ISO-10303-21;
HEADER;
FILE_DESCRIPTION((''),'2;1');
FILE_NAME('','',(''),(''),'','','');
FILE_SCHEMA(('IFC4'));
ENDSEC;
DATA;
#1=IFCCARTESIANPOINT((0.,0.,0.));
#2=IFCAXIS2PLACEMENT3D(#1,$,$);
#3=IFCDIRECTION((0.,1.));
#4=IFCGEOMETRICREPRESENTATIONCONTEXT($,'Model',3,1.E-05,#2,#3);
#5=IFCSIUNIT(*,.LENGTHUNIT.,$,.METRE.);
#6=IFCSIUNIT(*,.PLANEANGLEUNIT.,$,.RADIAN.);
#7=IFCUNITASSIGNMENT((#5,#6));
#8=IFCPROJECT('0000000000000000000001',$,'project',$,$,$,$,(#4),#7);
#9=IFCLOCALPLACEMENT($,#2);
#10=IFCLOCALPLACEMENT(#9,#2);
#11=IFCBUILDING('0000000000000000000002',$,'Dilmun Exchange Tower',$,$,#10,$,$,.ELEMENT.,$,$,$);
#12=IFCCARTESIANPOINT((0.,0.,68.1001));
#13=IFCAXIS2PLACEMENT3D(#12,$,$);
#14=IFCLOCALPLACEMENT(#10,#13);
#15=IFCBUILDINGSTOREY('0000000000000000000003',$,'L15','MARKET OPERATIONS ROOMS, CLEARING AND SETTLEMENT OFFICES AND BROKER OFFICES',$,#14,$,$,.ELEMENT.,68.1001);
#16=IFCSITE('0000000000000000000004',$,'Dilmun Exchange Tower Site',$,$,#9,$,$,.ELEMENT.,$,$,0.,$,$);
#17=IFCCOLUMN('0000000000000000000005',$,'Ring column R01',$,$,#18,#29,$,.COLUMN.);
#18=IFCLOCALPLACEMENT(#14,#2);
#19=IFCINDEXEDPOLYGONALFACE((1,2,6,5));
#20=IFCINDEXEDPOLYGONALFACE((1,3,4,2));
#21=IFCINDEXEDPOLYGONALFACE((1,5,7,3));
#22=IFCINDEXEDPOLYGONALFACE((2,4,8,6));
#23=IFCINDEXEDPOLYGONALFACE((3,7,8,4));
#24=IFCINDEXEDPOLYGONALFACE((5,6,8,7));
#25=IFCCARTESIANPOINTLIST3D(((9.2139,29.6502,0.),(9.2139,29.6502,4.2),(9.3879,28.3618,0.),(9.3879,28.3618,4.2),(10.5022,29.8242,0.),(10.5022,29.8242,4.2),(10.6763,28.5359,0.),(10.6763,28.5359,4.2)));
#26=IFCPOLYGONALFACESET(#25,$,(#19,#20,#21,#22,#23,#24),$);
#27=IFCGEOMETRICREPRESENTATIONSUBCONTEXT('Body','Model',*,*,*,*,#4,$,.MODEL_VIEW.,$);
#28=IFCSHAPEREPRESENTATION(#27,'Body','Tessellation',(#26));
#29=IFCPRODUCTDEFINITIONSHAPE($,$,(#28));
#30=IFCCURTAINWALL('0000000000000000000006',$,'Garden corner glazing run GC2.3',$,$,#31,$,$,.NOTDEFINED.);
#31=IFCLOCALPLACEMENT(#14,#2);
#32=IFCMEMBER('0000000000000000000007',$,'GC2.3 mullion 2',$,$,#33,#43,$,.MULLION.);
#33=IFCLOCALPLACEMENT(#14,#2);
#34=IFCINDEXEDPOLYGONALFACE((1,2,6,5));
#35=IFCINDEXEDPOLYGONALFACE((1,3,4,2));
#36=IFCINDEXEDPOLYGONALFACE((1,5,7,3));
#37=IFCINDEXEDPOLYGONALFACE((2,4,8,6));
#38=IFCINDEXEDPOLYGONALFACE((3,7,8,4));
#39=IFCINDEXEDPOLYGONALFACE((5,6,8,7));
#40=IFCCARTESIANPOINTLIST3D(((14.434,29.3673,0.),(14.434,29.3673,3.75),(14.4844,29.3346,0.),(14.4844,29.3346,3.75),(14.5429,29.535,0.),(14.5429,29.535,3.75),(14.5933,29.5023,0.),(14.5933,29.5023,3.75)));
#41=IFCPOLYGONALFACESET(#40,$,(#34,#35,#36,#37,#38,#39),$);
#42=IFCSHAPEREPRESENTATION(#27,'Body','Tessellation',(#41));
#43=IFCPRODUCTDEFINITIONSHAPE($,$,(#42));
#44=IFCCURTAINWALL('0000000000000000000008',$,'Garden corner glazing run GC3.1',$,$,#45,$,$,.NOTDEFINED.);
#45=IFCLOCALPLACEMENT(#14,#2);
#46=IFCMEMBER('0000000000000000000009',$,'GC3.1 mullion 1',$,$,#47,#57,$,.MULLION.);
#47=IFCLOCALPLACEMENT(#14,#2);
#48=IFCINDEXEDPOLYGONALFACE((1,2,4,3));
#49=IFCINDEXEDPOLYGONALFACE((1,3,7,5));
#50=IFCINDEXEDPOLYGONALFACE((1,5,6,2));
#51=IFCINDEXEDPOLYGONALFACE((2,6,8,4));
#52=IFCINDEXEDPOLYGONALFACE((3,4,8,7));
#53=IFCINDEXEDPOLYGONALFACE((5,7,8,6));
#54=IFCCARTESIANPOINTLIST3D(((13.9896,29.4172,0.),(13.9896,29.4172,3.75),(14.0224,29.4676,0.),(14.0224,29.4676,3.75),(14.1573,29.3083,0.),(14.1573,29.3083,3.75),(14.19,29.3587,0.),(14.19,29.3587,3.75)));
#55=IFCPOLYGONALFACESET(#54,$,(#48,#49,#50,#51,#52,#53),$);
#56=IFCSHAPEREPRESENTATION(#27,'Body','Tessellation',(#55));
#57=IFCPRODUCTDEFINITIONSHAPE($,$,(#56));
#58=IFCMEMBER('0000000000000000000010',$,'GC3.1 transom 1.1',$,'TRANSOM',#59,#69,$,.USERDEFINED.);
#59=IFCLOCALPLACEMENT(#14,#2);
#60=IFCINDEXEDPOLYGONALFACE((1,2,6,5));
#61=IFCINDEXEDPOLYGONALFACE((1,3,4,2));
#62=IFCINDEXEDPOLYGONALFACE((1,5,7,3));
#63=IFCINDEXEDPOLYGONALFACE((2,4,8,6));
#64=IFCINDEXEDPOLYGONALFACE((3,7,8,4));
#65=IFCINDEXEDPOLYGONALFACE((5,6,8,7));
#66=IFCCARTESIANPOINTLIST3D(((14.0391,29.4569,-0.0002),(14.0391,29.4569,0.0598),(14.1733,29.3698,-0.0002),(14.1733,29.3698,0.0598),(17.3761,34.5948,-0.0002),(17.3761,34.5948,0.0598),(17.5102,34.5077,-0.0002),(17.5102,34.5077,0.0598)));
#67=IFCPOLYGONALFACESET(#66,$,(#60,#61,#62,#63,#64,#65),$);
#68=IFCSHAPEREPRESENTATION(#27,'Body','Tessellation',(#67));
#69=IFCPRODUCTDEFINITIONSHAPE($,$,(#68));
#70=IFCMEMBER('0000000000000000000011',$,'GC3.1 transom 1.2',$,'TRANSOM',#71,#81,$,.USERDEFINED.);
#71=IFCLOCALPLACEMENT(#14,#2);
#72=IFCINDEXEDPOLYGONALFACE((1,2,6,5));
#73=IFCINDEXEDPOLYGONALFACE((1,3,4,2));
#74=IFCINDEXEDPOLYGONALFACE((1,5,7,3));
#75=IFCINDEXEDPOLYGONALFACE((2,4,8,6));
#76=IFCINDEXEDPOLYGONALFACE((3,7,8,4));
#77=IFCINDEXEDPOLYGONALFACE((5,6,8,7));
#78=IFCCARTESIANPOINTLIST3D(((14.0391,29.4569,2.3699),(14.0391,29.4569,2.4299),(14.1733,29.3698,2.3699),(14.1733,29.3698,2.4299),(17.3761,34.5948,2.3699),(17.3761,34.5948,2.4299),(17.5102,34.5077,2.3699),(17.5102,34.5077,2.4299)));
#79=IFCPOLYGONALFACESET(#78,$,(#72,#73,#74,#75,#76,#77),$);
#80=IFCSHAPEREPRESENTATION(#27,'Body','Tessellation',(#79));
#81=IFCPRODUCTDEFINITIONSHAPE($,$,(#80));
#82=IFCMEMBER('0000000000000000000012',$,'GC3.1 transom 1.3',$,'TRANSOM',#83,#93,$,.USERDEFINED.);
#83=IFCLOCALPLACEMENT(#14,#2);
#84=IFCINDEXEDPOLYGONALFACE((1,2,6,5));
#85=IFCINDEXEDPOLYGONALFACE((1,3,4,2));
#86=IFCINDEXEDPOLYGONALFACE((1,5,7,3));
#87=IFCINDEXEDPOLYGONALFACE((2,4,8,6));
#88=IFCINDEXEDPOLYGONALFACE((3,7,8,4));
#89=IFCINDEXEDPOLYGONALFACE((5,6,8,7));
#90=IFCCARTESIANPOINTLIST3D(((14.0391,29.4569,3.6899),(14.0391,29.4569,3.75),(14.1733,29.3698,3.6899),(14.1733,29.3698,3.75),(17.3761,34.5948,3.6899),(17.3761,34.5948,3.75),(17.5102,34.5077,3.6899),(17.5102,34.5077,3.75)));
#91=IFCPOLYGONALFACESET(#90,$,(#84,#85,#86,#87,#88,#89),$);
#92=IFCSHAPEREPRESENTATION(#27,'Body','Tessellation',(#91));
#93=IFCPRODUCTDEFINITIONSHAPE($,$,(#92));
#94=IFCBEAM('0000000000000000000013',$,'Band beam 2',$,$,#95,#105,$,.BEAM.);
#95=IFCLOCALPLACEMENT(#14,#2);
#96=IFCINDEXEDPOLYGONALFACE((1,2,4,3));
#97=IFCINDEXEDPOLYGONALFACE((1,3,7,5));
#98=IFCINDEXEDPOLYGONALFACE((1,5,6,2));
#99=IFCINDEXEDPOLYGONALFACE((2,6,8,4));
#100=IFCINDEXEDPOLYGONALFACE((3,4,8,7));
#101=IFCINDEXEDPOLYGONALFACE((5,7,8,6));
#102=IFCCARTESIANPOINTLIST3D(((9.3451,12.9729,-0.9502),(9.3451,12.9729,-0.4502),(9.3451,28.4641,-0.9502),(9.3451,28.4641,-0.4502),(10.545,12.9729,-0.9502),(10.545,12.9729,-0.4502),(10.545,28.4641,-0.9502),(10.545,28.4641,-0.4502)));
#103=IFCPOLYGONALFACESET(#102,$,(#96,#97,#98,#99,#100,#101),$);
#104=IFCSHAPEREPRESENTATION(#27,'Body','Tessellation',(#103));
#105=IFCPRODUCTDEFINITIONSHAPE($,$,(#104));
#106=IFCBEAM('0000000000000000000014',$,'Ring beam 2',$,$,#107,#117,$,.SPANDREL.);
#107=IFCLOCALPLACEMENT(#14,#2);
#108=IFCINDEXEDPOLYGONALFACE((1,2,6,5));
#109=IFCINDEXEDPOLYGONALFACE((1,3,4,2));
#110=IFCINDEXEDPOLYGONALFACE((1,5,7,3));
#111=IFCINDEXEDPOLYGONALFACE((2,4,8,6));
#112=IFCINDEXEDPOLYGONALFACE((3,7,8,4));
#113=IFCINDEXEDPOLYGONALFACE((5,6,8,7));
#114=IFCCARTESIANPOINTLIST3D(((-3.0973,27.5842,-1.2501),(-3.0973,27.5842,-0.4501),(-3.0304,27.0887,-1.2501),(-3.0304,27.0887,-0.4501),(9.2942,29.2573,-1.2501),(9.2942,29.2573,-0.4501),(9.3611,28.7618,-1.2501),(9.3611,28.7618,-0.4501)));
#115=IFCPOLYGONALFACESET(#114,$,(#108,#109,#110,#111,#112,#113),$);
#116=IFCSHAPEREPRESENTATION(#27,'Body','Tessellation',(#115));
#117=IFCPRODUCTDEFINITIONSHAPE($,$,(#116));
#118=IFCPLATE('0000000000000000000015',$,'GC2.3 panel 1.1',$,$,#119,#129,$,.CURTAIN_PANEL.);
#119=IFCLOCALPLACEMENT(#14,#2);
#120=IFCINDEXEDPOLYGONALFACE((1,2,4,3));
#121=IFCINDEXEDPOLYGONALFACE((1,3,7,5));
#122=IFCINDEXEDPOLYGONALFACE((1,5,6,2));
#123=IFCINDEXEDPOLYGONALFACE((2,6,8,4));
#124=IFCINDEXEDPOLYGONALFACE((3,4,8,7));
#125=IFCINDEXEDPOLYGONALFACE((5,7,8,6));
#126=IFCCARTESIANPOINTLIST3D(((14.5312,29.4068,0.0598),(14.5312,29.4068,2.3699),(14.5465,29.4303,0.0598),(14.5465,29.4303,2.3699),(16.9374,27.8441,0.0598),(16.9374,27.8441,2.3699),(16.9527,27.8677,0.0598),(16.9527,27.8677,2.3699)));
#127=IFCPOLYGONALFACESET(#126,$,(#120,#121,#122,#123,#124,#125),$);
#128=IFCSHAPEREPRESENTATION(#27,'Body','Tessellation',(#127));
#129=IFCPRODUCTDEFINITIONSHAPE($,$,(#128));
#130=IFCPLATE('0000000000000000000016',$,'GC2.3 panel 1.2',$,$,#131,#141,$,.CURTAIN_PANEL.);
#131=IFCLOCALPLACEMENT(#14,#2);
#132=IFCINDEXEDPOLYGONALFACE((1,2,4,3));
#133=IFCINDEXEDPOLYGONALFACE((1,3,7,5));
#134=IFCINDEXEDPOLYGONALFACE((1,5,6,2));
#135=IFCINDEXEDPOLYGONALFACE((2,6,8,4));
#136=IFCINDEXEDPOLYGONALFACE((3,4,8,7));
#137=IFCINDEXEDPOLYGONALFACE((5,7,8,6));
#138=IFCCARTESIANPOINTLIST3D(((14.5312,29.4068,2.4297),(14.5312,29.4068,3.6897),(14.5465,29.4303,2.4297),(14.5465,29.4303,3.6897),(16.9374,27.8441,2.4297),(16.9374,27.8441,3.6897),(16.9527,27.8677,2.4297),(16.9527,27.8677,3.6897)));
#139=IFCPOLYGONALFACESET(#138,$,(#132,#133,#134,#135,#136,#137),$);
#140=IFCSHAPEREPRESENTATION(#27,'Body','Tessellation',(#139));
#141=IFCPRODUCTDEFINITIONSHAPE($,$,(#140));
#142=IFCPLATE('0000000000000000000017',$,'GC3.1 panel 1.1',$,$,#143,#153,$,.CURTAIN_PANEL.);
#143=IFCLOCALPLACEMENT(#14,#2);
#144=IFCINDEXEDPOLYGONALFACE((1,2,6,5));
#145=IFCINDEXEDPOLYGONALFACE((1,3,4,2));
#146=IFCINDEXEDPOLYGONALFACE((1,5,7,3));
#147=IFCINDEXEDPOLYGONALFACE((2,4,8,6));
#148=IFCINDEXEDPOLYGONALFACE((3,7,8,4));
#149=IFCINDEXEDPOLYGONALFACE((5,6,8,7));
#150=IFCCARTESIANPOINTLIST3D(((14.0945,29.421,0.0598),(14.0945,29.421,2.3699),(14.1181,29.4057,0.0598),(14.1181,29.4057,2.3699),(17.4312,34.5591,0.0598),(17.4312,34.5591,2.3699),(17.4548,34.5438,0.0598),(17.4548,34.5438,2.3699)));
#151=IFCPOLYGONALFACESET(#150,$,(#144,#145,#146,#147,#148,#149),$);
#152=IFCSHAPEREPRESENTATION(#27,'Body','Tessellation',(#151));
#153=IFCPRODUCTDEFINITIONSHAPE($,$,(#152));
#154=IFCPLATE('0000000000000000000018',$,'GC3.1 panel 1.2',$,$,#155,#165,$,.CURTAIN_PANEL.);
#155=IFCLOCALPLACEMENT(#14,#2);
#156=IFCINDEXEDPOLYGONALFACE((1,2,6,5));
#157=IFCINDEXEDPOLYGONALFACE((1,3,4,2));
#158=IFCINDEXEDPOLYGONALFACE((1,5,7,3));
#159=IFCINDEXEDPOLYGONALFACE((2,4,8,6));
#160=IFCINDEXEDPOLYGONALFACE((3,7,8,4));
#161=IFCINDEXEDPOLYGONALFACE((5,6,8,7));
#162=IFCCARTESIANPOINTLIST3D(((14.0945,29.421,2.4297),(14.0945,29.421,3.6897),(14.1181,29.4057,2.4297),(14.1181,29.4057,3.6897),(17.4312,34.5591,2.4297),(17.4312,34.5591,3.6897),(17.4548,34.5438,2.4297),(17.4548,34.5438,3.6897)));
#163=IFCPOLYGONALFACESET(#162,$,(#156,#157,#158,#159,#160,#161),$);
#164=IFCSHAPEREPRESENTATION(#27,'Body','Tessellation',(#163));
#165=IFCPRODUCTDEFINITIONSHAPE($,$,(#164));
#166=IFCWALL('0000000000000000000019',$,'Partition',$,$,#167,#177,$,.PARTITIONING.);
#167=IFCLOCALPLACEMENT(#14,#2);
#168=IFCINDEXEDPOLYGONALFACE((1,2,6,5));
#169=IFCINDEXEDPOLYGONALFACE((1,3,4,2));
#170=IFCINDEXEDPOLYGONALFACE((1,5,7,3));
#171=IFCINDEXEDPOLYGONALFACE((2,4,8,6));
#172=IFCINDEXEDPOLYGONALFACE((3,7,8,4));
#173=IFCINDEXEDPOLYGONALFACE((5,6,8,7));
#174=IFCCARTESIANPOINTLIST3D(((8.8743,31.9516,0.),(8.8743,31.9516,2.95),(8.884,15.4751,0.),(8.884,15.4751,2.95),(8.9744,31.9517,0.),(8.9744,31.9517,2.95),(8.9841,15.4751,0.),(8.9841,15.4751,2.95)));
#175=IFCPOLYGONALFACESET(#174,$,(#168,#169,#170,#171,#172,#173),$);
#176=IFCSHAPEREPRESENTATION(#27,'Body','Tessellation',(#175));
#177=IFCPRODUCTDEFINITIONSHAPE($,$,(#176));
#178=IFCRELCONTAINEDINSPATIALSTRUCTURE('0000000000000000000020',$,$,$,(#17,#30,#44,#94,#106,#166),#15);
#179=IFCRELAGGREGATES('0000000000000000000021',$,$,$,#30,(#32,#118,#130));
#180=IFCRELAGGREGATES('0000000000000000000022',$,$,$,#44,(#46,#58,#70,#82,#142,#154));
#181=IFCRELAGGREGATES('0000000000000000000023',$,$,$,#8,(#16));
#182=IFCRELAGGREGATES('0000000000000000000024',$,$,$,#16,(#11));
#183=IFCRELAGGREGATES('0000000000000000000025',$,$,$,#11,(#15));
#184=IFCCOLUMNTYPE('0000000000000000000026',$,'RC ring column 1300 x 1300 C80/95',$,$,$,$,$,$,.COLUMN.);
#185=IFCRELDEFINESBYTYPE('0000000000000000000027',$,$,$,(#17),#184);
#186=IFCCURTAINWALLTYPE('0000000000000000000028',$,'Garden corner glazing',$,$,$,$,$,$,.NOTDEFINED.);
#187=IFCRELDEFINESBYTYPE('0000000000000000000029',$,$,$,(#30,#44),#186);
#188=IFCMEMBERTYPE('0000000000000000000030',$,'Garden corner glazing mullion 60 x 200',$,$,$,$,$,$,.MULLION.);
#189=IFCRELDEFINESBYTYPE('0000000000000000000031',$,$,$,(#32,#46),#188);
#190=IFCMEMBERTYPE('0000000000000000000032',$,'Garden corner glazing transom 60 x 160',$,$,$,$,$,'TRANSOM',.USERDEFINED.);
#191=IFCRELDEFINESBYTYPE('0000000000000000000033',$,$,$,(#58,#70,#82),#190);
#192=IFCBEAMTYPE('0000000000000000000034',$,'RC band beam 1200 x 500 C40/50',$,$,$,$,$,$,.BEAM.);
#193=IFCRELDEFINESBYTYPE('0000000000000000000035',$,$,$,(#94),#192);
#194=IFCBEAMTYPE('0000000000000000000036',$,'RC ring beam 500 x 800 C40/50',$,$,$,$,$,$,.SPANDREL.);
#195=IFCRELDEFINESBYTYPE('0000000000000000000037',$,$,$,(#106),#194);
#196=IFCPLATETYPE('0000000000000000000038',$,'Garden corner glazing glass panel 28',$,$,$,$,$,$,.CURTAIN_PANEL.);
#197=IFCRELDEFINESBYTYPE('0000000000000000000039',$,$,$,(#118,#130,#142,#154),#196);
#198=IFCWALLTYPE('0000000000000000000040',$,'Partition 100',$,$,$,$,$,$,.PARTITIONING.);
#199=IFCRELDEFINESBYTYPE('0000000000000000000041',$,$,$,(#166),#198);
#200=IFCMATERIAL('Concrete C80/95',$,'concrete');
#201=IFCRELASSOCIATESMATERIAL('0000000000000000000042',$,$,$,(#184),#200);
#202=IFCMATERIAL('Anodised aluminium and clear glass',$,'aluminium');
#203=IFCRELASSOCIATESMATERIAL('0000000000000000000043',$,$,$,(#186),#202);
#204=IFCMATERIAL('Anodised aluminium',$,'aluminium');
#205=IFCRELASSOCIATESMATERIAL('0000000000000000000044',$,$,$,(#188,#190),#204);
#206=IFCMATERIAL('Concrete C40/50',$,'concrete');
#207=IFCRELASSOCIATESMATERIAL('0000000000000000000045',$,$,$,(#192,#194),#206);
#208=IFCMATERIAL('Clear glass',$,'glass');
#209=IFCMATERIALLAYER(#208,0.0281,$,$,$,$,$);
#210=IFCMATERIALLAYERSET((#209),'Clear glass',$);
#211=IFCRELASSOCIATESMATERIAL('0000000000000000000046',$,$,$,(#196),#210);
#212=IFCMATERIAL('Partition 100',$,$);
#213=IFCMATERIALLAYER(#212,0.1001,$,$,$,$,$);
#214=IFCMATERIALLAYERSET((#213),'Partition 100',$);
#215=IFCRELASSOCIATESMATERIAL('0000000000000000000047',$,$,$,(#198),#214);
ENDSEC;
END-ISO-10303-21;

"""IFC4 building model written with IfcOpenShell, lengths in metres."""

from ifc_helpers import new_model, si_unit, direction, frame, frame_2d, origin, origin_2d, place, context, subcontext, project, spatial, rectangle, extrude, material, layer, layer_set, material_profile, profile_set, type_object, element, aggregate, save


model = new_model("IFC4")

# Units and contexts
model_context = context("Model", 3, precision=1e-05, world=origin(), true_north=direction((0.0, 1.0)))
body_context = subcontext(model_context, "Body", "Model", "MODEL_VIEW")
ifc_project = project(units=[si_unit("LENGTHUNIT", "METRE"), si_unit("PLANEANGLEUNIT", "RADIAN")], contexts=[model_context])

# Site, building, storey
site_placement = place(None, origin())
site = spatial("IfcSite", under=ifc_project, at=site_placement, Name="Dilmun Exchange Tower Site", CompositionType="ELEMENT", RefElevation=0.0)
building_placement = place(site_placement, origin())
building = spatial("IfcBuilding", under=site, at=building_placement, Name="Dilmun Exchange Tower", CompositionType="ELEMENT")
storey_placement = place(building_placement, frame((0.0, 0.0, 68.1001)))
storey = spatial("IfcBuildingStorey", under=building, at=storey_placement, Name="L15", Description="MARKET OPERATIONS ROOMS, CLEARING AND SETTLEMENT OFFICES AND BROKER OFFICES", CompositionType="ELEMENT", Elevation=68.1001)

# Column
ifc_material_1 = material(Name="Concrete C80/95", Category="concrete")
ifc_material_profile_1 = material_profile(ifc_material_1, rectangle(XDim=1.3, YDim=1.3, at=origin_2d()), Name="1300 x 1300")
ifc_profile_set_1 = profile_set([ifc_material_profile_1], Name="Concrete C80/95")
column_type = type_object("IfcColumnType", Name="RC ring column 1300 x 1300 C80/95", PredefinedType="COLUMN", material=ifc_profile_set_1)
column_placement = place(storey_placement, frame((9.9451, 29.093, 0.0), z_axis=(0.0, 0.0, 1.0), x_axis=(0.991001, 0.133853, 0.0)))
element("IfcColumn", 1, at=column_placement, inside=storey, type_object=column_type, Name="Ring column R01", PredefinedType="COLUMN", context=body_context, shape_type="SweptSolid", body=[
    extrude(rectangle(XDim=1.3, YDim=1.3, at=origin_2d()), origin(), (0.0, 0.0, 1.0), 4.2),
])

# Curtain wall, member
ifc_material_2 = material(Name="Anodised aluminium and clear glass", Category="aluminium")
curtain_wall_type = type_object("IfcCurtainWallType", Name="Garden corner glazing", PredefinedType="NOTDEFINED", material=ifc_material_2)
curtain_wall_1_placement = place(storey_placement, origin())
curtain_wall_1 = element("IfcCurtainWall", 2, at=curtain_wall_1_placement, inside=storey, type_object=curtain_wall_type, Name="Garden corner glazing run GC2.3", PredefinedType="NOTDEFINED")
ifc_material_3 = material(Name="Anodised aluminium", Category="aluminium")
ifc_material_profile_2 = material_profile(ifc_material_3, rectangle(XDim=0.2, YDim=0.0601, at=origin_2d()), Name="AL 60x200")
ifc_profile_set_2 = profile_set([ifc_material_profile_2], Name="Anodised aluminium")
member_type_1 = type_object("IfcMemberType", Name="Garden corner glazing mullion 60 x 200", PredefinedType="MULLION", material=ifc_profile_set_2)
member_1_placement = place(storey_placement, frame((14.5137, 29.4348, 0.0), z_axis=(0.0, 0.0, 1.0), x_axis=(-0.544639, -0.838671, 0.0)))
member_1 = element("IfcMember", 3, at=member_1_placement, type_object=member_type_1, Name="GC2.3 mullion 2", PredefinedType="MULLION", context=body_context, shape_type="SweptSolid", body=[
    extrude(rectangle(XDim=0.2, YDim=0.0601, at=origin_2d()), origin(), (0.0, 0.0, 1.0), 3.75),
])

# Curtain wall, members
curtain_wall_2_placement = place(storey_placement, origin())
curtain_wall_2 = element("IfcCurtainWall", 4, at=curtain_wall_2_placement, inside=storey, type_object=curtain_wall_type, Name="Garden corner glazing run GC3.1", PredefinedType="NOTDEFINED")
member_2_placement = place(storey_placement, frame((14.0898, 29.3879, 0.0), z_axis=(0.0, 0.0, 1.0), x_axis=(-0.838672, 0.544637, 0.0)))
member_2 = element("IfcMember", 5, at=member_2_placement, type_object=member_type_1, Name="GC3.1 mullion 1", PredefinedType="MULLION", context=body_context, shape_type="SweptSolid", body=[
    extrude(rectangle(XDim=0.2, YDim=0.0601, at=origin_2d()), origin(), (0.0, 0.0, 1.0), 3.75),
])
ifc_material_profile_3 = material_profile(ifc_material_3, rectangle(XDim=0.1599, YDim=0.0601, at=origin_2d()), Name="AL 60x160")
ifc_profile_set_3 = profile_set([ifc_material_profile_3], Name="Anodised aluminium")
member_type_2 = type_object("IfcMemberType", Name="Garden corner glazing transom 60 x 160", ElementType="TRANSOM", PredefinedType="USERDEFINED", material=ifc_profile_set_3)
member_3_placement = place(storey_placement, frame((14.1062, 29.4133, 0.0298), z_axis=(0.544673, 0.838648, 0.0), x_axis=(-0.838648, 0.544673, 0.0)))
member_3 = element("IfcMember", 6, at=member_3_placement, type_object=member_type_2, Name="GC3.1 transom 1.1", ObjectType="TRANSOM", PredefinedType="USERDEFINED", context=body_context, shape_type="SweptSolid", body=[
    extrude(rectangle(XDim=0.1599, YDim=0.0601, at=origin_2d()), origin(), (0.0, 0.0, 1.0), 6.1265),
])
member_4_placement = place(storey_placement, frame((14.1062, 29.4133, 2.3999), z_axis=(0.544673, 0.838648, 0.0), x_axis=(-0.838648, 0.544673, 0.0)))
member_4 = element("IfcMember", 7, at=member_4_placement, type_object=member_type_2, Name="GC3.1 transom 1.2", ObjectType="TRANSOM", PredefinedType="USERDEFINED", context=body_context, shape_type="SweptSolid", body=[
    extrude(rectangle(XDim=0.1599, YDim=0.0601, at=origin_2d()), origin(), (0.0, 0.0, 1.0), 6.1265),
])
member_5_placement = place(storey_placement, frame((14.1062, 29.4133, 3.72), z_axis=(0.544673, 0.838648, 0.0), x_axis=(-0.838648, 0.544673, 0.0)))
member_5 = element("IfcMember", 8, at=member_5_placement, type_object=member_type_2, Name="GC3.1 transom 1.3", ObjectType="TRANSOM", PredefinedType="USERDEFINED", context=body_context, shape_type="SweptSolid", body=[
    extrude(rectangle(XDim=0.1599, YDim=0.0601, at=origin_2d()), origin(), (0.0, 0.0, 1.0), 6.1265),
])

# Beams
ifc_material_4 = material(Name="Concrete C40/50", Category="concrete")
ifc_material_profile_4 = material_profile(ifc_material_4, rectangle(XDim=1.2, YDim=0.5, at=origin_2d()), Name="1200 x 500")
ifc_profile_set_4 = profile_set([ifc_material_profile_4], Name="Concrete C40/50")
beam_type_1 = type_object("IfcBeamType", Name="RC band beam 1200 x 500 C40/50", PredefinedType="BEAM", material=ifc_profile_set_4)
beam_1_placement = place(storey_placement, frame((9.9451, 28.4641, -0.7002), z_axis=(0.0, -1.0, 0.0), x_axis=(1.0, 0.0, 0.0)))
element("IfcBeam", 9, at=beam_1_placement, inside=storey, type_object=beam_type_1, Name="Band beam 2", PredefinedType="BEAM", context=body_context, shape_type="SweptSolid", body=[
    extrude(rectangle(XDim=1.2, YDim=0.5, at=origin_2d()), origin(), (0.0, 0.0, 1.0), 15.4912),
])
ifc_material_profile_5 = material_profile(ifc_material_4, rectangle(XDim=0.5, YDim=0.8, at=origin_2d()), Name="500 x 800")
ifc_profile_set_5 = profile_set([ifc_material_profile_5], Name="Concrete C40/50")
beam_type_2 = type_object("IfcBeamType", Name="RC ring beam 500 x 800 C40/50", PredefinedType="SPANDREL", material=ifc_profile_set_5)
beam_2_placement = place(storey_placement, frame((9.3276, 29.0095, -0.8501), z_axis=(-0.991007, -0.133807, 0.0), x_axis=(0.133807, -0.991007, 0.0)))
element("IfcBeam", 10, at=beam_2_placement, inside=storey, type_object=beam_type_2, Name="Ring beam 2", PredefinedType="SPANDREL", context=body_context, shape_type="SweptSolid", body=[
    extrude(rectangle(XDim=0.5, YDim=0.8, at=origin_2d()), origin(), (0.0, 0.0, 1.0), 12.5039),
])

# Plates
ifc_material_5 = material(Name="Clear glass", Category="glass")
ifc_layer_1 = layer(ifc_material_5, 0.0281)
ifc_layer_set_1 = layer_set([ifc_layer_1], Name="Clear glass")
plate_type = type_object("IfcPlateType", Name="Garden corner glazing glass panel 28", PredefinedType="CURTAIN_PANEL", material=ifc_layer_set_1)
plate_1_placement = place(storey_placement, frame((15.7419, 28.6372, 0.0598), z_axis=(0.0, 0.0, 1.0), x_axis=(-0.838671, 0.544639, 0.0)))
plate_1 = element("IfcPlate", 11, at=plate_1_placement, type_object=plate_type, Name="GC2.3 panel 1.1", PredefinedType="CURTAIN_PANEL", context=body_context, shape_type="SweptSolid", body=[
    extrude(rectangle(XDim=2.8691, YDim=0.0281, at=origin_2d()), origin(), (0.0, 0.0, 1.0), 2.3101),
])
plate_2_placement = place(storey_placement, frame((15.7419, 28.6372, 2.4297), z_axis=(0.0, 0.0, 1.0), x_axis=(-0.838671, 0.544639, 0.0)))
plate_2 = element("IfcPlate", 12, at=plate_2_placement, type_object=plate_type, Name="GC2.3 panel 1.2", PredefinedType="CURTAIN_PANEL", context=body_context, shape_type="SweptSolid", body=[
    extrude(rectangle(XDim=2.8691, YDim=0.0281, at=origin_2d()), origin(), (0.0, 0.0, 1.0), 1.26),
])
aggregate(curtain_wall_1, [member_1, plate_1, plate_2])
plate_3_placement = place(storey_placement, frame((15.7747, 31.9824, 0.0598), z_axis=(0.0, 0.0, 1.0), x_axis=(0.544637, 0.838672, 0.0)))
plate_3 = element("IfcPlate", 13, at=plate_3_placement, type_object=plate_type, Name="GC3.1 panel 1.1", PredefinedType="CURTAIN_PANEL", context=body_context, shape_type="SweptSolid", body=[
    extrude(rectangle(XDim=6.1265, YDim=0.0281, at=origin_2d()), origin(), (0.0, 0.0, 1.0), 2.3101),
])
plate_4_placement = place(storey_placement, frame((15.7747, 31.9824, 2.4297), z_axis=(0.0, 0.0, 1.0), x_axis=(0.544637, 0.838672, 0.0)))
plate_4 = element("IfcPlate", 14, at=plate_4_placement, type_object=plate_type, Name="GC3.1 panel 1.2", PredefinedType="CURTAIN_PANEL", context=body_context, shape_type="SweptSolid", body=[
    extrude(rectangle(XDim=6.1265, YDim=0.0281, at=origin_2d()), origin(), (0.0, 0.0, 1.0), 1.26),
])
aggregate(curtain_wall_2, [member_2, member_3, member_4, member_5, plate_3, plate_4])

# Wall
ifc_material_6 = material(Name="Partition 100")
ifc_layer_2 = layer(ifc_material_6, 0.1001)
ifc_layer_set_2 = layer_set([ifc_layer_2], Name="Partition 100")
wall_type = type_object("IfcWallType", Name="Partition 100", PredefinedType="PARTITIONING", material=ifc_layer_set_2)
wall_placement = place(storey_placement, frame((8.9243, 31.9517, 0.0), z_axis=(0.0, 0.0, 1.0), x_axis=(0.000593, -1.0, 0.0)))
element("IfcWall", 15, at=wall_placement, inside=storey, type_object=wall_type, Name="Partition", PredefinedType="PARTITIONING", context=body_context, shape_type="SweptSolid", body=[
    extrude(rectangle(XDim=16.4766, YDim=0.1001, at=frame_2d((8.2383, 0.0))), origin(), (0.0, 0.0, 1.0), 2.95),
])

save(model, "model.ifc")
